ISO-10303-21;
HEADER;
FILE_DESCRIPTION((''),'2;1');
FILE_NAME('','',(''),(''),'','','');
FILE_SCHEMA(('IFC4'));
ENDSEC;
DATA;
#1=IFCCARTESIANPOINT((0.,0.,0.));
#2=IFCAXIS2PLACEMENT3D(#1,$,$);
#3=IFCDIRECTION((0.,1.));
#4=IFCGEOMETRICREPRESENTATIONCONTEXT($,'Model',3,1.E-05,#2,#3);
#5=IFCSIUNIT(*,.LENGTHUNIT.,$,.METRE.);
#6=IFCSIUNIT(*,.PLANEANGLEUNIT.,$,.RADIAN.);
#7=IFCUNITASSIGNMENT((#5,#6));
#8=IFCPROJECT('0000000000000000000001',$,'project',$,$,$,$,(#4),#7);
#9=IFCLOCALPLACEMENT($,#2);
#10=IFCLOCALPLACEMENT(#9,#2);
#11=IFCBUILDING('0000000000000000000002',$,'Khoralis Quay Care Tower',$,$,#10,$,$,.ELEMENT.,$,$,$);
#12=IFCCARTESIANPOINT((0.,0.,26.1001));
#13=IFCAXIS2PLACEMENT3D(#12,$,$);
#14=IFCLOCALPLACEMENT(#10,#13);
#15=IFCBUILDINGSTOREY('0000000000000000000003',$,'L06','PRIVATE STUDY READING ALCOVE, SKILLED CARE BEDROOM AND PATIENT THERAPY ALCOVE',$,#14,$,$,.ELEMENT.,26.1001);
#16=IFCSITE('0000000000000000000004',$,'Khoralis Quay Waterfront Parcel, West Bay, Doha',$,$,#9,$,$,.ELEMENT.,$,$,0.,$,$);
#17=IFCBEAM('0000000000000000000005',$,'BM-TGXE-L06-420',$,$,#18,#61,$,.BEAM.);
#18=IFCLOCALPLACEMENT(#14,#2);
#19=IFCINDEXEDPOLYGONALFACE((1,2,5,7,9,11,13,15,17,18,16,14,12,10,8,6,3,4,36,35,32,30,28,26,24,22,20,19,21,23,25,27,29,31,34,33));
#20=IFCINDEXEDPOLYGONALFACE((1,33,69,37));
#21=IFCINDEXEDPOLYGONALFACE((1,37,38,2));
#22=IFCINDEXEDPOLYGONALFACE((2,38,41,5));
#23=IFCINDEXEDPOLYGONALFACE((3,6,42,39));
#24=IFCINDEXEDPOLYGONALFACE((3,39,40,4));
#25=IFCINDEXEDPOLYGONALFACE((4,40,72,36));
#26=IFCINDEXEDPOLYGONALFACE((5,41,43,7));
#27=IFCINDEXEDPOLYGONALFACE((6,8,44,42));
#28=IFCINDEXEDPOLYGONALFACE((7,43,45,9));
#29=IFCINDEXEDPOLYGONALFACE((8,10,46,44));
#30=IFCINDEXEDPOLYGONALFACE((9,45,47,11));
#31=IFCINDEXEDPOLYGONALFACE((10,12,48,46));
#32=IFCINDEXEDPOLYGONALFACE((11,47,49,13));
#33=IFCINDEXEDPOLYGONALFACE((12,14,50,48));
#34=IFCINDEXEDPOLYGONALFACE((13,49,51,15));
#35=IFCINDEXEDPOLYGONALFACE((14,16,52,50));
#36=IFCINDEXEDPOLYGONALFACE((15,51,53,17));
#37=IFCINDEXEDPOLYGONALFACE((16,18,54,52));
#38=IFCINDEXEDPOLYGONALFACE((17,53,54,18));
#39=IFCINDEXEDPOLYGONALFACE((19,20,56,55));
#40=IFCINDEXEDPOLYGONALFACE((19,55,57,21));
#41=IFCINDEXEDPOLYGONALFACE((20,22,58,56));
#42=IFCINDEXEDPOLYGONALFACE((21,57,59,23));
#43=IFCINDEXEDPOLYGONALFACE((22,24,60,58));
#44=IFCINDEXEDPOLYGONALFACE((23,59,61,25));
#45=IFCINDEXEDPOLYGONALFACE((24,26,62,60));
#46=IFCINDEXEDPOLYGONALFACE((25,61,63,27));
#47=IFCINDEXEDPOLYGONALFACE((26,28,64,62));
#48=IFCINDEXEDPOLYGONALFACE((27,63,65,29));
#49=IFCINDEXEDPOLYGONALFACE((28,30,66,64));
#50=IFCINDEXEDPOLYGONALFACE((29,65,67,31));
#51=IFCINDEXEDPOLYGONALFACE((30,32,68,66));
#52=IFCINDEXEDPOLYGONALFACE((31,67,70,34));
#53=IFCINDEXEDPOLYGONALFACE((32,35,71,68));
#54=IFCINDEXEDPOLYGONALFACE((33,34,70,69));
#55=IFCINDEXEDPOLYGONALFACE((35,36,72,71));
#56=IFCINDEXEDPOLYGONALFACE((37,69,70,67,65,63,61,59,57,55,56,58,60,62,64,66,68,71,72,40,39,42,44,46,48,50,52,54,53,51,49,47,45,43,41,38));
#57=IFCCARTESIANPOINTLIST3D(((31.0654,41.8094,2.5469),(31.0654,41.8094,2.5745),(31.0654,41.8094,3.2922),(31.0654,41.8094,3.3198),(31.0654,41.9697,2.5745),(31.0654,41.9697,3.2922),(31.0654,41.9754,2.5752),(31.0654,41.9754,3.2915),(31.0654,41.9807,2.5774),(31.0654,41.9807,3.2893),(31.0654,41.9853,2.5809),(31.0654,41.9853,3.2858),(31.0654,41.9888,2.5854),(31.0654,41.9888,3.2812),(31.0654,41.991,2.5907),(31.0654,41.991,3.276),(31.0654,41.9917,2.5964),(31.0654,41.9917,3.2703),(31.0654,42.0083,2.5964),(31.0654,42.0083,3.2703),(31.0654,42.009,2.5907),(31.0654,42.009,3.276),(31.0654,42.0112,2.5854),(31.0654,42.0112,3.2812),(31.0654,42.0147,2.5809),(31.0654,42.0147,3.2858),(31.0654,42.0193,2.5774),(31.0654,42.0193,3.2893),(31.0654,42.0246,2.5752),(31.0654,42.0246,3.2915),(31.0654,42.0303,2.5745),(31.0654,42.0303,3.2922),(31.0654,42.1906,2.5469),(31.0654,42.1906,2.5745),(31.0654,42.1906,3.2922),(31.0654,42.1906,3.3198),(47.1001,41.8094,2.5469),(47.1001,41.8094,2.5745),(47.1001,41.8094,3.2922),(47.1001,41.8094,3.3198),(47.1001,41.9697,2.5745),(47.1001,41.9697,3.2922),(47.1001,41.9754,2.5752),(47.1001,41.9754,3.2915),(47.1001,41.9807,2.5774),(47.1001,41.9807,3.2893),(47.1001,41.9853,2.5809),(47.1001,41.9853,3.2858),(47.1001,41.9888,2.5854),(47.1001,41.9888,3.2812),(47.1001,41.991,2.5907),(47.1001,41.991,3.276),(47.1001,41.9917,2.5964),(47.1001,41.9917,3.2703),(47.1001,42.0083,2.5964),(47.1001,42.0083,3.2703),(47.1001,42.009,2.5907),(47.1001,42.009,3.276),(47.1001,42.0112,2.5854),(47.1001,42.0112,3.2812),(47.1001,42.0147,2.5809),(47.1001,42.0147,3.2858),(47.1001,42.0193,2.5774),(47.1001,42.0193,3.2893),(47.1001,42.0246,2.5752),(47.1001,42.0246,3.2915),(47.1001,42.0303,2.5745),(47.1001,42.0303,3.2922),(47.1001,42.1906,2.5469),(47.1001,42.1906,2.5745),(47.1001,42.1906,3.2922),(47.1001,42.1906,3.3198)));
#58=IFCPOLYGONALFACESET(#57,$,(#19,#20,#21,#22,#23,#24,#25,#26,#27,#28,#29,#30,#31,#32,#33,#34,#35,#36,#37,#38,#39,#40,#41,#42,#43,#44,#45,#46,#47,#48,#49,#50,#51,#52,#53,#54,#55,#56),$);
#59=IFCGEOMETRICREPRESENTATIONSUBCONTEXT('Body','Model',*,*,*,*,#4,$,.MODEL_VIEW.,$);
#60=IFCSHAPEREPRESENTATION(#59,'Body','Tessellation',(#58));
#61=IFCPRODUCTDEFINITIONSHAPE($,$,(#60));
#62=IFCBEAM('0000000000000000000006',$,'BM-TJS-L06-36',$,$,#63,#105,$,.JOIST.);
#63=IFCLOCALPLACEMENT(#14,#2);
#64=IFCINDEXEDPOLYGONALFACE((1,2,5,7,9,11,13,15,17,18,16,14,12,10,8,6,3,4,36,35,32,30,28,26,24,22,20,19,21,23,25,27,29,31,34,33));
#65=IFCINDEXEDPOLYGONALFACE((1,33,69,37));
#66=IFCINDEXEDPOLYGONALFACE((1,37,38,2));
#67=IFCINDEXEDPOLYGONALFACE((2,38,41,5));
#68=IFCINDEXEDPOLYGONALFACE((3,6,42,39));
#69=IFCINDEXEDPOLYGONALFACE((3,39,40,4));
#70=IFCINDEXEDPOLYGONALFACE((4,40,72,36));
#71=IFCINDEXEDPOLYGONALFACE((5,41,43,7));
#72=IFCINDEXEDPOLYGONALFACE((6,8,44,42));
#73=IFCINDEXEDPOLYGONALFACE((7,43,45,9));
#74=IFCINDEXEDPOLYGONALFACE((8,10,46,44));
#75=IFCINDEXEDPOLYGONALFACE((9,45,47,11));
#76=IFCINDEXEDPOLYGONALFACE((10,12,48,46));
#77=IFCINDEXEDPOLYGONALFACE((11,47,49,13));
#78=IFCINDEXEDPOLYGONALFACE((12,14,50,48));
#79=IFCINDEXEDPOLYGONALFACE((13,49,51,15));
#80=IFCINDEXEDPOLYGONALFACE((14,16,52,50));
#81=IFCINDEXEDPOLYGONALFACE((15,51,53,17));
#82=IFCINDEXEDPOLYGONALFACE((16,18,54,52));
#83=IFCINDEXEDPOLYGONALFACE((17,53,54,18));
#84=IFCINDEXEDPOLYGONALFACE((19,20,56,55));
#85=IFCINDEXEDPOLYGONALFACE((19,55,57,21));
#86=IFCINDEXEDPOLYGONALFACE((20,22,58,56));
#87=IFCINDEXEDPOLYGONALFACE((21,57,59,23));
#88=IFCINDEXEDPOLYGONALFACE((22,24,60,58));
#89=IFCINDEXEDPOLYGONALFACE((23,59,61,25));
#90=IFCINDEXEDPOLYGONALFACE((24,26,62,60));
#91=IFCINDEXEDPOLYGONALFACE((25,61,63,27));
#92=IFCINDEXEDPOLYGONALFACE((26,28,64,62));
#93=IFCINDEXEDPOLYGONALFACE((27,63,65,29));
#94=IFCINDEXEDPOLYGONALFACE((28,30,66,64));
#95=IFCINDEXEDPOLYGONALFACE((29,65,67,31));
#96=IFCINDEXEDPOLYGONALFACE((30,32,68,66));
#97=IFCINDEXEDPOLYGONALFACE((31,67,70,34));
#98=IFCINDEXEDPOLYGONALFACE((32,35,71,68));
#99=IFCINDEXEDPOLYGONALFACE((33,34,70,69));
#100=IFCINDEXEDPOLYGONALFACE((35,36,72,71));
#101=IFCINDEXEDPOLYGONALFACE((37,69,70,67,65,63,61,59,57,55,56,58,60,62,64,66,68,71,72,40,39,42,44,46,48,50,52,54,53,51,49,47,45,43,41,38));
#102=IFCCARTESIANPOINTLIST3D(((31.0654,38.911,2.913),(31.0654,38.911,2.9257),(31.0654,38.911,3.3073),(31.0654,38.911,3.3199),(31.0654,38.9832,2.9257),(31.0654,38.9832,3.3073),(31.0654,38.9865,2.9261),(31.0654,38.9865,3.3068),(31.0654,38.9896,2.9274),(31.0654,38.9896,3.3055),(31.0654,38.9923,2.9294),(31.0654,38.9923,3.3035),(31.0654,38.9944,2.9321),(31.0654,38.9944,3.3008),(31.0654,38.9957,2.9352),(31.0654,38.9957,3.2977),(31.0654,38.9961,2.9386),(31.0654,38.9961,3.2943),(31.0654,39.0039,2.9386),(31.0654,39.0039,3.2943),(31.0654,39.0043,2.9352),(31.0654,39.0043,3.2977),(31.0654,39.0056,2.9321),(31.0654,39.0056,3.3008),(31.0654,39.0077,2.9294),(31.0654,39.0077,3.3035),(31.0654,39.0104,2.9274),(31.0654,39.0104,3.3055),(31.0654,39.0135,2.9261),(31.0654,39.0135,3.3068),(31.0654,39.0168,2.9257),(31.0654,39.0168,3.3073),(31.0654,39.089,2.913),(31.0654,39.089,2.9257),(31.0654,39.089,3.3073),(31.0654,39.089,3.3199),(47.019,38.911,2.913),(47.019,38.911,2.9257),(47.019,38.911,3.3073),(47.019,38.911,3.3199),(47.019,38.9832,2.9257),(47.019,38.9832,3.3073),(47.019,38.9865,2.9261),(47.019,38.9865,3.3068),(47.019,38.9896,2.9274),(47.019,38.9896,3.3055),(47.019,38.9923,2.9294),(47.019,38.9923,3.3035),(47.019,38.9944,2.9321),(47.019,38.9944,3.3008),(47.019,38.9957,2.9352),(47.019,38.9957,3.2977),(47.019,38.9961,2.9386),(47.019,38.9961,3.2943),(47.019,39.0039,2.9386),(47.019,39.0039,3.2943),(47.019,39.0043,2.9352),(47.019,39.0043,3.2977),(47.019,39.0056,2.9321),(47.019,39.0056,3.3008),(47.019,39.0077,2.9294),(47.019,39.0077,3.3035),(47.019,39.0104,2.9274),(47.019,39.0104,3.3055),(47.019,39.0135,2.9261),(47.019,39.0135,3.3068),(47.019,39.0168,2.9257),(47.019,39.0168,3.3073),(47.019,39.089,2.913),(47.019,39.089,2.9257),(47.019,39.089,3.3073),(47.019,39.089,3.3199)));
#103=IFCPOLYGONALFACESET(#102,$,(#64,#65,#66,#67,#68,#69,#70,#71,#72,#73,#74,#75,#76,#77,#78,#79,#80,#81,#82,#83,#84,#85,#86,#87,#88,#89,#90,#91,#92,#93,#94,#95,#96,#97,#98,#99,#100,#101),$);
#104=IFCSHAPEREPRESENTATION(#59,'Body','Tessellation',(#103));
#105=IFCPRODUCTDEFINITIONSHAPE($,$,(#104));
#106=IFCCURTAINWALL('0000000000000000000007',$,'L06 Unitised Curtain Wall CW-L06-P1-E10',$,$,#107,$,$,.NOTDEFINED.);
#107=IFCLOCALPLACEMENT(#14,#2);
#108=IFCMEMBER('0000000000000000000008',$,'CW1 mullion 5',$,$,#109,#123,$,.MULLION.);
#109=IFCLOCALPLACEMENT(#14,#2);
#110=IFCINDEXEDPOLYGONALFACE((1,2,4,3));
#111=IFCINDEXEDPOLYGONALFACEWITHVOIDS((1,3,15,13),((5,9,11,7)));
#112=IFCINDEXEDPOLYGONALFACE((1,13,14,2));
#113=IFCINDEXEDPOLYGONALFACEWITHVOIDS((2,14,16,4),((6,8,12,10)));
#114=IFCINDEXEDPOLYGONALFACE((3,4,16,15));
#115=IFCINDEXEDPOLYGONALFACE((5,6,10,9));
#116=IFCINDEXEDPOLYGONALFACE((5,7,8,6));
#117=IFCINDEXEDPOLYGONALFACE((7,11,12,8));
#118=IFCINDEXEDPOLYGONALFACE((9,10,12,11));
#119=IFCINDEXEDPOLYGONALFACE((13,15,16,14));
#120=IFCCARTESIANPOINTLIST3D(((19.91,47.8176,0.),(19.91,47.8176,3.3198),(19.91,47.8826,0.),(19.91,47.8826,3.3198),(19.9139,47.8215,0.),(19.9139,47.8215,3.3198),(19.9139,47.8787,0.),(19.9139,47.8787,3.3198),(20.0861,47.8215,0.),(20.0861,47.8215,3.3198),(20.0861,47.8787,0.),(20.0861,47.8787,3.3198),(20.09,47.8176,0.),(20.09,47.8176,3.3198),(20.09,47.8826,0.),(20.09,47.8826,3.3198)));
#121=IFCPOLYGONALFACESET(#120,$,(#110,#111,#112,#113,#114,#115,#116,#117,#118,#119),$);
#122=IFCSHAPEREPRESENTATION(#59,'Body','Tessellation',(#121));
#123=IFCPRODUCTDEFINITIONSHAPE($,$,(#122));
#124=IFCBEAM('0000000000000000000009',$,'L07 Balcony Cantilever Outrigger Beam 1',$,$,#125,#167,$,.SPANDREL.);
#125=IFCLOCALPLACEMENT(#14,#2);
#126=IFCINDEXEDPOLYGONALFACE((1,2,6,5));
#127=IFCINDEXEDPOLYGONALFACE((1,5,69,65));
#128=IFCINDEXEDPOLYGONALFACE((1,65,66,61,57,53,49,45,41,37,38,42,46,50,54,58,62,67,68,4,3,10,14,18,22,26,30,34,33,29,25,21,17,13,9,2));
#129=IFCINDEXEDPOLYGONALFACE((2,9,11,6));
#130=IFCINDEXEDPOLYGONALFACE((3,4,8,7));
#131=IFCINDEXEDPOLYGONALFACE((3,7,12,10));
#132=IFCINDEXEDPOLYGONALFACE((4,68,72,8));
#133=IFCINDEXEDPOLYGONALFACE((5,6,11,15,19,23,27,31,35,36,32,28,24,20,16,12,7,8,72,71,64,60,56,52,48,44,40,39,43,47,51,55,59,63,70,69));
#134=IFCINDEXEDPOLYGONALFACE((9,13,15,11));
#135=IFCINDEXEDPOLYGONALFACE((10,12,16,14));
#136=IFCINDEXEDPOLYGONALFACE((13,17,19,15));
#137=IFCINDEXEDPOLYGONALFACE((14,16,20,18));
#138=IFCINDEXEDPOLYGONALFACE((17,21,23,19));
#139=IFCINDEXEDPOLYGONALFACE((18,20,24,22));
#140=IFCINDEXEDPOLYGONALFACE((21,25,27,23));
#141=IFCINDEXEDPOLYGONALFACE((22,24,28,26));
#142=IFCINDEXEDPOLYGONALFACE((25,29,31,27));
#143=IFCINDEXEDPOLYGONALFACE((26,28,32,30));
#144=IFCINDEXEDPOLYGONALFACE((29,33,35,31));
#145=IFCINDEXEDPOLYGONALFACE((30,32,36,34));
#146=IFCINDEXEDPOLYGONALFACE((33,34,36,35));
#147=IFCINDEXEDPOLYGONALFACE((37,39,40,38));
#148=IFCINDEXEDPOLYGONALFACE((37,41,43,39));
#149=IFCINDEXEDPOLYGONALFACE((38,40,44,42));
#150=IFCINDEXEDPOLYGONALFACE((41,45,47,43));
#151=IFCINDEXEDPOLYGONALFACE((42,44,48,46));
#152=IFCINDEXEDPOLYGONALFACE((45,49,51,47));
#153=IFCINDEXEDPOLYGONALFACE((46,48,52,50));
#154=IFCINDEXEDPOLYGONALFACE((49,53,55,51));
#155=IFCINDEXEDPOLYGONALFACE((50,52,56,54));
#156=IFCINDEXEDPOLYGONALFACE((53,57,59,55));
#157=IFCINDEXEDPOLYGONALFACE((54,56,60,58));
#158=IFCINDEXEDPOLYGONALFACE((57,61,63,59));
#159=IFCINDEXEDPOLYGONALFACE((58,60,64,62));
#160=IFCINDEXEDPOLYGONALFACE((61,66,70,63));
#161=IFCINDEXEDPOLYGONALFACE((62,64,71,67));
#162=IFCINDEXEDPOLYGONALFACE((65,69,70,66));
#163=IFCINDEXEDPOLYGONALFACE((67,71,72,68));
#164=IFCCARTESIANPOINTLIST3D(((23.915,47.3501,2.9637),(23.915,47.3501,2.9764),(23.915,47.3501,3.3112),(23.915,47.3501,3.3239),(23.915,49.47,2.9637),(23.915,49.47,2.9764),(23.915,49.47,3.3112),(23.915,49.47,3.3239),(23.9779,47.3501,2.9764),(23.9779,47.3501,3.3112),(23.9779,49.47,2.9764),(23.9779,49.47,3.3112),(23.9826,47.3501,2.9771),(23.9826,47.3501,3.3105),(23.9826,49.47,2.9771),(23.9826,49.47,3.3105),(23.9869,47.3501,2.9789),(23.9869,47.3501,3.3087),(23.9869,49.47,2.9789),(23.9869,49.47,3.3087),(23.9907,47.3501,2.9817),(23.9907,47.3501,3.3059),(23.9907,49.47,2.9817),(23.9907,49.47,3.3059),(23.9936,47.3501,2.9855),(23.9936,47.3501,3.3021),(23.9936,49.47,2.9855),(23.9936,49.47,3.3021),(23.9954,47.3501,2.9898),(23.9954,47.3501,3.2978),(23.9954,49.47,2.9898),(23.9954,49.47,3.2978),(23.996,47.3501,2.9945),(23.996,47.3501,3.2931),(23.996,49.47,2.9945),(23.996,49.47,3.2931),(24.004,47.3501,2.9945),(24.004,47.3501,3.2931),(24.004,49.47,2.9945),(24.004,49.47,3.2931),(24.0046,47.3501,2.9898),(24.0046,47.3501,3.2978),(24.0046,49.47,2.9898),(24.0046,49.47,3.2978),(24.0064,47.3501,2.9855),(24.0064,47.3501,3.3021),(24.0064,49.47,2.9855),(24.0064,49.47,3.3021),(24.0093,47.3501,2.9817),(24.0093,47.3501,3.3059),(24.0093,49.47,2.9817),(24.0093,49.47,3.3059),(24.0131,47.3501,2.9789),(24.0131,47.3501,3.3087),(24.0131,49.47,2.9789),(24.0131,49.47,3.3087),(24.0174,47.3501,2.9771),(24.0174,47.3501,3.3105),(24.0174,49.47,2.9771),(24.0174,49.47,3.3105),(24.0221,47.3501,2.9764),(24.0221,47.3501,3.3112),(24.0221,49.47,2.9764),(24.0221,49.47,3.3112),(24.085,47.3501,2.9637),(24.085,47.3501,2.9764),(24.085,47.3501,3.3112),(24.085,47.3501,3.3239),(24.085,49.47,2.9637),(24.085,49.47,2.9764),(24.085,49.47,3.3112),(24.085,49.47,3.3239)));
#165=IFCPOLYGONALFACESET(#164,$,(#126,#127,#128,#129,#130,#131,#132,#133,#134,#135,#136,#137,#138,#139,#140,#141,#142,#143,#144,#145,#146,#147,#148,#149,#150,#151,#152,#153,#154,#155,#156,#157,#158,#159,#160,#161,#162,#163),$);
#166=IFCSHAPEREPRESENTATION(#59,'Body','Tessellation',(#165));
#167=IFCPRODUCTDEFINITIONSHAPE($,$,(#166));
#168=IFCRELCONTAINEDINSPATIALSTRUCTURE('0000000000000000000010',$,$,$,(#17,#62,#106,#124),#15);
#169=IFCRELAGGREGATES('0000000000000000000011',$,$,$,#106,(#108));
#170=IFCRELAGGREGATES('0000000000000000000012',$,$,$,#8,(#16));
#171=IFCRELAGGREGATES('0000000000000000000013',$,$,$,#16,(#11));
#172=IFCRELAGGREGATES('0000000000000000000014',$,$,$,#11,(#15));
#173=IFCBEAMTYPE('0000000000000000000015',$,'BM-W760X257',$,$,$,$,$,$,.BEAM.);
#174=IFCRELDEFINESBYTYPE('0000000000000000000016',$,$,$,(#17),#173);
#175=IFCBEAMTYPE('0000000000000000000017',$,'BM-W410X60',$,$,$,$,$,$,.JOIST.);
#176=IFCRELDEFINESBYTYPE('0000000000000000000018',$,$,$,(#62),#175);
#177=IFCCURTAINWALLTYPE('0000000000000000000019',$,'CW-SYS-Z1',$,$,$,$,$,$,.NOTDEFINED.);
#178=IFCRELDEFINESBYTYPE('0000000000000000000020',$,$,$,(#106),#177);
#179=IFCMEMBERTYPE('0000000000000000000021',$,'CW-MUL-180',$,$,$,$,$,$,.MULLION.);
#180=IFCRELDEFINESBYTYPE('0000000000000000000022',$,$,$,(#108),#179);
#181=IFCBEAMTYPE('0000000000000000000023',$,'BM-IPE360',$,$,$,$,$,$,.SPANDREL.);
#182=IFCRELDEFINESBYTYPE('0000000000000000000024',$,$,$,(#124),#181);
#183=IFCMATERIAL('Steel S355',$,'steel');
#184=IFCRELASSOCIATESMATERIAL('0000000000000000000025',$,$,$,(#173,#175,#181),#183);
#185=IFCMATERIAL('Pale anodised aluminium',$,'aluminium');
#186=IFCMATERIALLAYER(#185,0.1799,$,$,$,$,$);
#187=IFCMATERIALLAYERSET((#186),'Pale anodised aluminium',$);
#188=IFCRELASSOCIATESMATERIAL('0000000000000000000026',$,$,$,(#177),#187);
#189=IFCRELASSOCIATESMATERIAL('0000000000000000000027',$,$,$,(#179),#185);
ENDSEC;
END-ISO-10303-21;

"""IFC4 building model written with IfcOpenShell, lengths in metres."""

from ifc_helpers import new_model, si_unit, direction, frame, origin, origin_2d, place, context, subcontext, project, spatial, hollow_rectangle, i_section, extrude, source, transform, mapped, material, layer, layer_set, material_profile, profile_set, type_object, element, aggregate, save


model = new_model("IFC4")

# Units and contexts
model_context = context("Model", 3, precision=1e-05, world=origin(), true_north=direction((0.0, 1.0)))
body_context = subcontext(model_context, "Body", "Model", "MODEL_VIEW")
ifc_project = project(units=[si_unit("LENGTHUNIT", "METRE"), si_unit("PLANEANGLEUNIT", "RADIAN")], contexts=[model_context])

# Site, building, storey
site_placement = place(None, origin())
site = spatial("IfcSite", under=ifc_project, at=site_placement, Name="Khoralis Quay Waterfront Parcel, West Bay, Doha", CompositionType="ELEMENT", RefElevation=0.0)
building_placement = place(site_placement, origin())
building = spatial("IfcBuilding", under=site, at=building_placement, Name="Khoralis Quay Care Tower", CompositionType="ELEMENT")
storey_placement = place(building_placement, frame((0.0, 0.0, 26.1001)))
storey = spatial("IfcBuildingStorey", under=building, at=storey_placement, Name="L06", Description="PRIVATE STUDY READING ALCOVE, SKILLED CARE BEDROOM AND PATIENT THERAPY ALCOVE", CompositionType="ELEMENT", Elevation=26.1001)

# Beams
ifc_material_1 = material(Name="Steel S355", Category="steel")
ifc_material_profile_1 = material_profile(ifc_material_1, i_section(OverallWidth=0.3811, OverallDepth=0.7729, WebThickness=0.0166, FlangeThickness=0.0276, FilletRadius=0.022, at=origin_2d()), Name="Steel S355")
ifc_profile_set_1 = profile_set([ifc_material_profile_1], Name="Steel S355")
beam_type_1 = type_object("IfcBeamType", Name="BM-W760X257", PredefinedType="BEAM", material=ifc_profile_set_1)
shared_shape_1 = source(origin(), body_context, "Body", "SweptSolid", [
    extrude(i_section(OverallWidth=0.3811, OverallDepth=0.7729, WebThickness=0.0166, FlangeThickness=0.0276, FilletRadius=0.022, at=origin_2d()), origin(), (0.0, 0.0, 1.0), 16.0347),
])
for number, where, z_axis, x_axis, name in (
    (1, (31.0654, 42.0, 2.9333), (1.0, 0.0, 0.0), (0.0, 1.0, 0.0), "BM-TGXE-L06-420"),
):
    element("IfcBeam", number, at=place(storey_placement, frame(where, z_axis=z_axis, x_axis=x_axis)), inside=storey, type_object=beam_type_1, Name=name, PredefinedType="BEAM", context=body_context, shape_type="MappedRepresentation", body=[
        mapped(shared_shape_1, transform((0.0, 0.0, 0.0), scale=1.0)),
    ])
ifc_material_profile_2 = material_profile(ifc_material_1, i_section(OverallWidth=0.178, OverallDepth=0.407, WebThickness=0.0078, FlangeThickness=0.0127, FilletRadius=0.0129, at=origin_2d()), Name="Steel S355")
ifc_profile_set_2 = profile_set([ifc_material_profile_2], Name="Steel S355")
beam_type_2 = type_object("IfcBeamType", Name="BM-W410X60", PredefinedType="JOIST", material=ifc_profile_set_2)
shared_shape_2 = source(origin(), body_context, "Body", "SweptSolid", [
    extrude(i_section(OverallWidth=0.178, OverallDepth=0.407, WebThickness=0.0078, FlangeThickness=0.0127, FilletRadius=0.0129, at=origin_2d()), origin(), (0.0, 0.0, 1.0), 15.9536),
])
beam_1_placement = place(storey_placement, frame((31.0654, 39.0, 3.1165), z_axis=(1.0, 0.0, 0.0), x_axis=(0.0, 1.0, 0.0)))
element("IfcBeam", 2, at=beam_1_placement, inside=storey, type_object=beam_type_2, Name="BM-TJS-L06-36", PredefinedType="JOIST", context=body_context, shape_type="MappedRepresentation", body=[
    mapped(shared_shape_2, transform((0.0, 0.0, 0.0), scale=1.0)),
])

# Curtain wall, member
ifc_material_2 = material(Name="Pale anodised aluminium", Category="aluminium")
ifc_layer_1 = layer(ifc_material_2, 0.1799)
ifc_layer_set_1 = layer_set([ifc_layer_1], Name="Pale anodised aluminium")
curtain_wall_type = type_object("IfcCurtainWallType", Name="CW-SYS-Z1", PredefinedType="NOTDEFINED", material=ifc_layer_set_1)
curtain_wall_placement = place(storey_placement, origin())
curtain_wall = element("IfcCurtainWall", 3, at=curtain_wall_placement, inside=storey, type_object=curtain_wall_type, Name="L06 Unitised Curtain Wall CW-L06-P1-E10", PredefinedType="NOTDEFINED")
ifc_material_profile_3 = material_profile(ifc_material_2, hollow_rectangle(XDim=0.0649, YDim=0.1799, WallThickness=0.0039, at=origin_2d()), Name="Pale anodised aluminium")
ifc_profile_set_3 = profile_set([ifc_material_profile_3], Name="Pale anodised aluminium")
member_type = type_object("IfcMemberType", Name="CW-MUL-180", PredefinedType="MULLION", material=ifc_profile_set_3)
shared_shape_3 = source(origin(), body_context, "Body", "SweptSolid", [
    extrude(hollow_rectangle(XDim=0.0649, YDim=0.1799, WallThickness=0.0039, at=origin_2d()), origin(), (0.0, 0.0, 1.0), 3.3198),
])
member_placement = place(storey_placement, frame((20.0, 47.8501, 0.0), z_axis=(0.0, 0.0, 1.0), x_axis=(0.0, -1.0, 0.0)))
member = element("IfcMember", 4, at=member_placement, type_object=member_type, Name="CW1 mullion 5", PredefinedType="MULLION", context=body_context, shape_type="MappedRepresentation", body=[
    mapped(shared_shape_3, transform((0.0, 0.0, 0.0), scale=1.0)),
])

# Beam
ifc_material_profile_4 = material_profile(ifc_material_1, i_section(OverallWidth=0.1699, OverallDepth=0.3601, WebThickness=0.0081, FlangeThickness=0.0127, FilletRadius=0.0181, at=origin_2d()), Name="Steel S355")
ifc_profile_set_4 = profile_set([ifc_material_profile_4], Name="Steel S355")
beam_type_3 = type_object("IfcBeamType", Name="BM-IPE360", PredefinedType="SPANDREL", material=ifc_profile_set_4)
shared_shape_4 = source(origin(), body_context, "Body", "SweptSolid", [
    extrude(i_section(OverallWidth=0.1699, OverallDepth=0.3601, WebThickness=0.0081, FlangeThickness=0.0127, FilletRadius=0.0181, at=origin_2d()), origin(), (0.0, 0.0, 1.0), 2.1199),
])
for number, where, z_axis, x_axis, name in (
    (5, (24.0, 47.3501, 3.1438), (0.0, 1.0, 0.0), (-1.0, 0.0, 0.0), "L07 Balcony Cantilever Outrigger Beam 1"),
):
    element("IfcBeam", number, at=place(storey_placement, frame(where, z_axis=z_axis, x_axis=x_axis)), inside=storey, type_object=beam_type_3, Name=name, PredefinedType="SPANDREL", context=body_context, shape_type="MappedRepresentation", body=[
        mapped(shared_shape_4, transform((0.0, 0.0, 0.0), scale=1.0)),
    ])

aggregate(curtain_wall, [member])

save(model, "model.ifc")
